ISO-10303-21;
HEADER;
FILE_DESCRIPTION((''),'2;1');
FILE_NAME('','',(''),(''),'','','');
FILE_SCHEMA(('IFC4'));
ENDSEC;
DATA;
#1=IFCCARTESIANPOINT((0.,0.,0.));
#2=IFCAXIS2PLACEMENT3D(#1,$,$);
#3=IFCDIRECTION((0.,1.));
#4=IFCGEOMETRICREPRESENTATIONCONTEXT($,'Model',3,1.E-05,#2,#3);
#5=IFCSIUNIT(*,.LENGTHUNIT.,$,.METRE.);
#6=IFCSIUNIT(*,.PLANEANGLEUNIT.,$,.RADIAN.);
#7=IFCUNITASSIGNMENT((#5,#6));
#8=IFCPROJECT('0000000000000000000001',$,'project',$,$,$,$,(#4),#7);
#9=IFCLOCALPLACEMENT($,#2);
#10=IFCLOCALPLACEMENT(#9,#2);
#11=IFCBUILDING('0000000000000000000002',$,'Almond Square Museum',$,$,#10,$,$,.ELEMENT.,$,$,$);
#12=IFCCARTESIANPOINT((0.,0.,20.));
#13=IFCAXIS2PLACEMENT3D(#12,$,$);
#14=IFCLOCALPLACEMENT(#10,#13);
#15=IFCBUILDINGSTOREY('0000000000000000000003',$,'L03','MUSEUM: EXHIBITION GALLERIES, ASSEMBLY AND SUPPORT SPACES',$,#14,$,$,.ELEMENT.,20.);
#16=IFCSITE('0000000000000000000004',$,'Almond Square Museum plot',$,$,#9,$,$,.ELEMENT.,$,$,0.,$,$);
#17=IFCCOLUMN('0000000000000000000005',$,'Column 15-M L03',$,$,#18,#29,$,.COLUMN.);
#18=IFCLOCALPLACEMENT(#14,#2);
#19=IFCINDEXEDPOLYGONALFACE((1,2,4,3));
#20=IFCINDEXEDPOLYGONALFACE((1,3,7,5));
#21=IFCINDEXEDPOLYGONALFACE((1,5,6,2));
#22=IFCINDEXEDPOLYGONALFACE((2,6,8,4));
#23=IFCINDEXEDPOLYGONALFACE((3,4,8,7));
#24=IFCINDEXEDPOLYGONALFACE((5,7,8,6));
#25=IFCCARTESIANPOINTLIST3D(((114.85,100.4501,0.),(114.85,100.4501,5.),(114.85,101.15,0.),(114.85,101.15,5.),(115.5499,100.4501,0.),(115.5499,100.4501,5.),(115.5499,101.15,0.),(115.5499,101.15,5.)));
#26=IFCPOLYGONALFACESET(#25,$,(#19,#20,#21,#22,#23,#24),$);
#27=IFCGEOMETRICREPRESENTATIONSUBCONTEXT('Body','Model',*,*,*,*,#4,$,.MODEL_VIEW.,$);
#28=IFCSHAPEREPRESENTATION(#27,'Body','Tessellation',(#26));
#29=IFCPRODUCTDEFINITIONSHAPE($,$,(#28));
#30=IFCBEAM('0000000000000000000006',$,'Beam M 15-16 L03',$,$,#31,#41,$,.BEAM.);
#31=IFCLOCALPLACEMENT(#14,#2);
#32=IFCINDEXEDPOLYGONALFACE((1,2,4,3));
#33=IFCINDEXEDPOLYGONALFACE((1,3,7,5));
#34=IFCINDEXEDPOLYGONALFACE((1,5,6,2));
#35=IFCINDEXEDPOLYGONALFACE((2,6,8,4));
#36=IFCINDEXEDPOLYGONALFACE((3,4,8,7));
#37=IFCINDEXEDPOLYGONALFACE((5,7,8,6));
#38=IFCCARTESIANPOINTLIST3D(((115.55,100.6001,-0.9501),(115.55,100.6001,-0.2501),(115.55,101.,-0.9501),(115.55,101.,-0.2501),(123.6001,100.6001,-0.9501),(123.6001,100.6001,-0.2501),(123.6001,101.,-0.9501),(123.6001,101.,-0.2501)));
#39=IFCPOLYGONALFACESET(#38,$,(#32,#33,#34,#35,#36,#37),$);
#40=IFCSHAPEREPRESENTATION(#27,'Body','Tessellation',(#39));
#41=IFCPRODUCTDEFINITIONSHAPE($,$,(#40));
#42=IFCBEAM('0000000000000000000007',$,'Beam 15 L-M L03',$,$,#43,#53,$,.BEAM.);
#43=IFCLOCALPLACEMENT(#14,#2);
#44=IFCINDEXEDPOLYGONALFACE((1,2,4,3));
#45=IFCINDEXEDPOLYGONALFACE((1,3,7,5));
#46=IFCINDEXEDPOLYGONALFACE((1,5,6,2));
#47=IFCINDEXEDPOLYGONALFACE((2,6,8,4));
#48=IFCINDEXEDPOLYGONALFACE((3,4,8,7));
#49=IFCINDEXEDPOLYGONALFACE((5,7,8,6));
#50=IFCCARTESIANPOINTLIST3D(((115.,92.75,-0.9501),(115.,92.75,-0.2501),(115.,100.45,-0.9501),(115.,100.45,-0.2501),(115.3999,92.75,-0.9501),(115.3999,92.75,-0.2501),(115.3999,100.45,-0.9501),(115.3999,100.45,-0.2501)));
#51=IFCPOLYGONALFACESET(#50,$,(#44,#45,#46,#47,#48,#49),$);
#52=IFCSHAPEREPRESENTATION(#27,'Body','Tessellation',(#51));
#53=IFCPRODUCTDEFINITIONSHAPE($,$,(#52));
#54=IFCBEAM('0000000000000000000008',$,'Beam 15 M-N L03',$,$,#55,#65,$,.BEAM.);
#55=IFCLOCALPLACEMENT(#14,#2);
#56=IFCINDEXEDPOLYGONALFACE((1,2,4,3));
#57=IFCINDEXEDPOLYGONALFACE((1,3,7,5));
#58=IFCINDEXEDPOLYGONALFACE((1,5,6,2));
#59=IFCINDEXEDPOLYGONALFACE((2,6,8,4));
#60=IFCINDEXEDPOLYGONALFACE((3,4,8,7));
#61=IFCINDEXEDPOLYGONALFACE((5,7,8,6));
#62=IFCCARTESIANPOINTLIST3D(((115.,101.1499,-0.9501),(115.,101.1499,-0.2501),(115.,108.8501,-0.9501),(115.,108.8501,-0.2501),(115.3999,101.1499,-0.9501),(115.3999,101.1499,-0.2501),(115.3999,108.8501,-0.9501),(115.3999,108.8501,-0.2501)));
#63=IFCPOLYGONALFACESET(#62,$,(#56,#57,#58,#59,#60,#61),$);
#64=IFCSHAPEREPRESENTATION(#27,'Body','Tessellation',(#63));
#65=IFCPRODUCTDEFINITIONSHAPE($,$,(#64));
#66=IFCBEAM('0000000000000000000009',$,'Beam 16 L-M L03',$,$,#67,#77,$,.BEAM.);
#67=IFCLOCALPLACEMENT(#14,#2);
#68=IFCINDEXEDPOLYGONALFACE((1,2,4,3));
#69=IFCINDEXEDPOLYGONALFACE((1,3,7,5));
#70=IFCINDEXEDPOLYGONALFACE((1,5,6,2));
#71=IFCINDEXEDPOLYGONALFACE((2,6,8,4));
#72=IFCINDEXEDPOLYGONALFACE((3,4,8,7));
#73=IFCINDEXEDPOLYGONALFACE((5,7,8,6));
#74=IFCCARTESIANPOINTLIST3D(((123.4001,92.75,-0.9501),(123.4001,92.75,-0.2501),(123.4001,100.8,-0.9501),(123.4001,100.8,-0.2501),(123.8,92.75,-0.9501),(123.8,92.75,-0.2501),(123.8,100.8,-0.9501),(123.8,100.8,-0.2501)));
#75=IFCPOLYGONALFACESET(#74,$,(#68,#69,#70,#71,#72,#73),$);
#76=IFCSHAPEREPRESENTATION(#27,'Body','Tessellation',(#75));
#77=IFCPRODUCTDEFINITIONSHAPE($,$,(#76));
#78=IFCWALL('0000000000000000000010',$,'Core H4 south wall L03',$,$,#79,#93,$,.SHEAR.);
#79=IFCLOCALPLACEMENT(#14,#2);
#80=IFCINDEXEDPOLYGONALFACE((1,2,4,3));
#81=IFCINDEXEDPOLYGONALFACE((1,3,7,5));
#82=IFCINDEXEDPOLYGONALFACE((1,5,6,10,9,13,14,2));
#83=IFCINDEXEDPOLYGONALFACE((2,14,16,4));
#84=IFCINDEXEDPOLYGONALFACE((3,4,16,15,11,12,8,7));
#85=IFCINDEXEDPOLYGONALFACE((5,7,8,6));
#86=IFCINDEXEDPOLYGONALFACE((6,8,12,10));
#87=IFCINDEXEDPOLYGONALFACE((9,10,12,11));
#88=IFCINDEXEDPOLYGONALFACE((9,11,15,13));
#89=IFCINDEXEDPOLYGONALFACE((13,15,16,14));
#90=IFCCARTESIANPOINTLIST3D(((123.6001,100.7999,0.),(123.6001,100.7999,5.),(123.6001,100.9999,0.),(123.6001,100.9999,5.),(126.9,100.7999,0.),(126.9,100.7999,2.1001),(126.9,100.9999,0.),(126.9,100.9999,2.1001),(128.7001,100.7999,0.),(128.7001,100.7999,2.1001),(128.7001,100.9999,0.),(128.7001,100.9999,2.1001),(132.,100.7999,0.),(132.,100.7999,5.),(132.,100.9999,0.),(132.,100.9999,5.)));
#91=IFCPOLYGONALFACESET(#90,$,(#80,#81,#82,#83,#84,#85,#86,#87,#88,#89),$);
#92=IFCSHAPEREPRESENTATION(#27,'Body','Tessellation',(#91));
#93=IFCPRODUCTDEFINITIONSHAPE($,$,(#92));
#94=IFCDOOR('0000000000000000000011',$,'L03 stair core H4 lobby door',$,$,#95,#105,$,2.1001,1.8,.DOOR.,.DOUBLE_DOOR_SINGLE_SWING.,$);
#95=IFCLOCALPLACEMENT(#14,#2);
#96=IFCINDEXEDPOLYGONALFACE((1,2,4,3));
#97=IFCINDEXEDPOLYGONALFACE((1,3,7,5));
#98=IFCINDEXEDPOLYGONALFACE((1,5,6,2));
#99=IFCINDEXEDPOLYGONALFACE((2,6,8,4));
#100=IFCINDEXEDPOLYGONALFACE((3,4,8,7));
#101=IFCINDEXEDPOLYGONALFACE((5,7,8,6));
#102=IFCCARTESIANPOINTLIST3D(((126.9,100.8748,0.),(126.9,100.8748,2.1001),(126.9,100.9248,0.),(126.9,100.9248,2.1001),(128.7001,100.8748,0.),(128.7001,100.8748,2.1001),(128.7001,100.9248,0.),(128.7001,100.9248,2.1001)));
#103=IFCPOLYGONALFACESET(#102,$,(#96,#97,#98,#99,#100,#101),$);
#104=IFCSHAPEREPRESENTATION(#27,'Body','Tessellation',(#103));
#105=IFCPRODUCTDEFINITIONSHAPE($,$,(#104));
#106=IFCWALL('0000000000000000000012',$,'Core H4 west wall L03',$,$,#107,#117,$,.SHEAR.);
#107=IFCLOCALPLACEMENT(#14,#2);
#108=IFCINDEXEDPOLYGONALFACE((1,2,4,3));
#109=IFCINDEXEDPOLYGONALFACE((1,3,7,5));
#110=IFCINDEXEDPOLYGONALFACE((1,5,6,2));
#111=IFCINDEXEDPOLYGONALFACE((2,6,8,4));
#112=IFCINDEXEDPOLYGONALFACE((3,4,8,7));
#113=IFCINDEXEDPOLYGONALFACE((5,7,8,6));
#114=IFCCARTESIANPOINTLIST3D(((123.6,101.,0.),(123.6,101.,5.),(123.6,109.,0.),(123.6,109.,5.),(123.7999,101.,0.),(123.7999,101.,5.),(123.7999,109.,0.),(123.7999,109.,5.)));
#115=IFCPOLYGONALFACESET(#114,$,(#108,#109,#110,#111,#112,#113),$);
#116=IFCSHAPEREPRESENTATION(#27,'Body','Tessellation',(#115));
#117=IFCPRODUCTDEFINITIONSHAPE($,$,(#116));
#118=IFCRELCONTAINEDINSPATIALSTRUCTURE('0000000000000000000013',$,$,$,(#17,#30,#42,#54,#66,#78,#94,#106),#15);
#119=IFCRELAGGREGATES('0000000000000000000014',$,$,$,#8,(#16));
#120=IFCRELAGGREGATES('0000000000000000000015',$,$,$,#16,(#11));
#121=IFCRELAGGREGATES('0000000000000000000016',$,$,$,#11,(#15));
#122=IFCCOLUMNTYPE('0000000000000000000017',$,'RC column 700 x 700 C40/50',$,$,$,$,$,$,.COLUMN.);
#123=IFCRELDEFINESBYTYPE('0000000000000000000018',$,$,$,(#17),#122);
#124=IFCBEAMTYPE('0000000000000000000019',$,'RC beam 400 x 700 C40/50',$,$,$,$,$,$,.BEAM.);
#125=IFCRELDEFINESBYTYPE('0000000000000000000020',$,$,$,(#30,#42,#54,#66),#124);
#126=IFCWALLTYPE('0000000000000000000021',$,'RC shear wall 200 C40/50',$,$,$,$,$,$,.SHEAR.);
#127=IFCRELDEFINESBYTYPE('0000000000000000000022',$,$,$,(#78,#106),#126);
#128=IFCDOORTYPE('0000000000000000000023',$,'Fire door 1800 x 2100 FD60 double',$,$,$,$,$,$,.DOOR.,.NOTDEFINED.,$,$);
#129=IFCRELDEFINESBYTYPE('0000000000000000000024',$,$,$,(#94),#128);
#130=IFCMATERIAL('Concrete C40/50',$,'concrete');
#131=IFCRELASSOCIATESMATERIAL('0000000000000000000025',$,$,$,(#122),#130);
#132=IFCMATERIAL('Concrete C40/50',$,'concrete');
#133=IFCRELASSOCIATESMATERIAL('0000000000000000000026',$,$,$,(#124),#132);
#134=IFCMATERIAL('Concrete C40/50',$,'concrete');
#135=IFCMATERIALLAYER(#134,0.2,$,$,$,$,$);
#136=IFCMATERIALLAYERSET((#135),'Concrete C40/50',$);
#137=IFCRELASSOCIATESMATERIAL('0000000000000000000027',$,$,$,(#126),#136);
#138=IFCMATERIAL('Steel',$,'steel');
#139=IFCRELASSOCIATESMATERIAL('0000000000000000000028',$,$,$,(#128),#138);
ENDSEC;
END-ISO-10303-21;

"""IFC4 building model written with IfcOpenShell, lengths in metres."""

from ifc_helpers import new_model, si_unit, direction, frame, frame_2d, origin, origin_2d, place, context, subcontext, project, spatial, rectangle, extrude, material, layer, layer_set, material_profile, profile_set, type_object, element, fill, save


model = new_model("IFC4")

# Units and contexts
model_context = context("Model", 3, precision=1e-05, world=origin(), true_north=direction((0.0, 1.0)))
body_context = subcontext(model_context, "Body", "Model", "MODEL_VIEW")
ifc_project = project(units=[si_unit("LENGTHUNIT", "METRE"), si_unit("PLANEANGLEUNIT", "RADIAN")], contexts=[model_context])

# Site, building, storey
site_placement = place(None, origin())
site = spatial("IfcSite", under=ifc_project, at=site_placement, Name="Almond Square Museum plot", CompositionType="ELEMENT", RefElevation=0.0)
building_placement = place(site_placement, origin())
building = spatial("IfcBuilding", under=site, at=building_placement, Name="Almond Square Museum", CompositionType="ELEMENT")
storey_placement = place(building_placement, frame((0.0, 0.0, 20.0)))
storey = spatial("IfcBuildingStorey", under=building, at=storey_placement, Name="L03", Description="MUSEUM: EXHIBITION GALLERIES, ASSEMBLY AND SUPPORT SPACES", CompositionType="ELEMENT", Elevation=20.0)

# Column
ifc_material_1 = material(Name="Concrete C40/50", Category="concrete")
ifc_material_profile_1 = material_profile(ifc_material_1, rectangle(XDim=0.7, YDim=0.7, at=origin_2d()))
ifc_profile_set_1 = profile_set([ifc_material_profile_1], Name="Concrete C40/50")
column_type = type_object("IfcColumnType", Name="RC column 700 x 700 C40/50", PredefinedType="COLUMN", material=ifc_profile_set_1)
column_placement = place(storey_placement, frame((115.2, 100.8, 0.0), z_axis=(0.0, 0.0, 1.0), x_axis=(1.0, 0.0, 0.0)))
element("IfcColumn", 1, at=column_placement, inside=storey, type_object=column_type, Name="Column 15-M L03", PredefinedType="COLUMN", context=body_context, shape_type="SweptSolid", body=[
    extrude(rectangle(XDim=0.7, YDim=0.7, at=origin_2d()), origin(), (0.0, 0.0, 1.0), 5.0),
])

# Beams
ifc_material_2 = material(Name="Concrete C40/50", Category="concrete")
ifc_material_profile_2 = material_profile(ifc_material_2, rectangle(XDim=0.3999, YDim=0.7, at=origin_2d()))
ifc_profile_set_2 = profile_set([ifc_material_profile_2], Name="Concrete C40/50")
beam_type = type_object("IfcBeamType", Name="RC beam 400 x 700 C40/50", PredefinedType="BEAM", material=ifc_profile_set_2)
beam_1_placement = place(storey_placement, frame((115.55, 100.8, -0.6001), z_axis=(1.0, 0.0, 0.0), x_axis=(0.0, 1.0, 0.0)))
element("IfcBeam", 2, at=beam_1_placement, inside=storey, type_object=beam_type, Name="Beam M 15-16 L03", PredefinedType="BEAM", context=body_context, shape_type="SweptSolid", body=[
    extrude(rectangle(XDim=0.3999, YDim=0.7, at=origin_2d()), origin(), (0.0, 0.0, 1.0), 8.05),
])
beam_2_placement = place(storey_placement, frame((115.2, 92.75, -0.6001), z_axis=(0.0, 1.0, 0.0), x_axis=(-1.0, 0.0, 0.0)))
element("IfcBeam", 3, at=beam_2_placement, inside=storey, type_object=beam_type, Name="Beam 15 L-M L03", PredefinedType="BEAM", context=body_context, shape_type="SweptSolid", body=[
    extrude(rectangle(XDim=0.3999, YDim=0.7, at=origin_2d()), origin(), (0.0, 0.0, 1.0), 7.7),
])
beam_3_placement = place(storey_placement, frame((115.2, 101.1499, -0.6001), z_axis=(0.0, 1.0, 0.0), x_axis=(-1.0, 0.0, 0.0)))
element("IfcBeam", 4, at=beam_3_placement, inside=storey, type_object=beam_type, Name="Beam 15 M-N L03", PredefinedType="BEAM", context=body_context, shape_type="SweptSolid", body=[
    extrude(rectangle(XDim=0.3999, YDim=0.7, at=origin_2d()), origin(), (0.0, 0.0, 1.0), 7.7002),
])
beam_4_placement = place(storey_placement, frame((123.6001, 92.75, -0.6001), z_axis=(0.0, 1.0, 0.0), x_axis=(-1.0, 0.0, 0.0)))
element("IfcBeam", 5, at=beam_4_placement, inside=storey, type_object=beam_type, Name="Beam 16 L-M L03", PredefinedType="BEAM", context=body_context, shape_type="SweptSolid", body=[
    extrude(rectangle(XDim=0.3999, YDim=0.7, at=origin_2d()), origin(), (0.0, 0.0, 1.0), 8.05),
])

# Wall, opening, door
ifc_material_3 = material(Name="Concrete C40/50", Category="concrete")
ifc_layer = layer(ifc_material_3, 0.2)
ifc_layer_set = layer_set([ifc_layer], Name="Concrete C40/50")
wall_type = type_object("IfcWallType", Name="RC shear wall 200 C40/50", PredefinedType="SHEAR", material=ifc_layer_set)
wall_1_placement = place(storey_placement, frame((123.6001, 100.8999, 0.0), z_axis=(0.0, 0.0, 1.0), x_axis=(1.0, 0.0, 0.0)))
wall_1 = element("IfcWall", 6, at=wall_1_placement, inside=storey, type_object=wall_type, Name="Core H4 south wall L03", PredefinedType="SHEAR", context=body_context, shape_type="SweptSolid", body=[
    extrude(rectangle(XDim=8.3999, YDim=0.2, at=frame_2d((4.2, 0.0))), origin(), (0.0, 0.0, 1.0), 5.0),
])
opening_1_placement = place(wall_1_placement, frame((3.3, 0.0, 0.0)))
opening_1 = element("IfcOpeningElement", 7, at=opening_1_placement, cuts=wall_1, PredefinedType="OPENING", context=body_context, shape_type="SweptSolid", body=[
    extrude(rectangle(XDim=1.8, YDim=2.1001, at=frame_2d((0.8999, 1.05))), frame((0.0, 0.1099, 0.0), z_axis=(0.0, -1.0, 0.0), x_axis=(1.0, 0.0, 0.0)), (0.0, 0.0, 1.0), 0.22),
])
ifc_material_4 = material(Name="Steel", Category="steel")
door_type_1 = type_object("IfcDoorType", Name="Fire door 1800 x 2100 FD60 double", OperationType="NOTDEFINED", PredefinedType="DOOR", material=ifc_material_4)
door_1_placement = place(opening_1_placement, origin())
door_1 = element("IfcDoor", 8, at=door_1_placement, inside=storey, type_object=door_type_1, Name="L03 stair core H4 lobby door", OperationType="DOUBLE_DOOR_SINGLE_SWING", OverallHeight=2.1001, OverallWidth=1.8, PredefinedType="DOOR", context=body_context, shape_type="SweptSolid", body=[
    extrude(rectangle(XDim=1.8, YDim=2.1001, at=frame_2d((0.8999, 1.05))), frame((0.0, 0.0249, 0.0), z_axis=(0.0, -1.0, 0.0), x_axis=(1.0, 0.0, 0.0)), (0.0, 0.0, 1.0), 0.05),
])
fill(opening_1, door_1)

# Wall
wall_2_placement = place(storey_placement, frame((123.7, 101.0, 0.0), z_axis=(0.0, 0.0, 1.0), x_axis=(0.0, 1.0, 0.0)))
element("IfcWall", 9, at=wall_2_placement, inside=storey, type_object=wall_type, Name="Core H4 west wall L03", PredefinedType="SHEAR", context=body_context, shape_type="SweptSolid", body=[
    extrude(rectangle(XDim=8.0, YDim=0.2, at=frame_2d((4.0, 0.0))), origin(), (0.0, 0.0, 1.0), 5.0),
])

save(model, "model.ifc")
